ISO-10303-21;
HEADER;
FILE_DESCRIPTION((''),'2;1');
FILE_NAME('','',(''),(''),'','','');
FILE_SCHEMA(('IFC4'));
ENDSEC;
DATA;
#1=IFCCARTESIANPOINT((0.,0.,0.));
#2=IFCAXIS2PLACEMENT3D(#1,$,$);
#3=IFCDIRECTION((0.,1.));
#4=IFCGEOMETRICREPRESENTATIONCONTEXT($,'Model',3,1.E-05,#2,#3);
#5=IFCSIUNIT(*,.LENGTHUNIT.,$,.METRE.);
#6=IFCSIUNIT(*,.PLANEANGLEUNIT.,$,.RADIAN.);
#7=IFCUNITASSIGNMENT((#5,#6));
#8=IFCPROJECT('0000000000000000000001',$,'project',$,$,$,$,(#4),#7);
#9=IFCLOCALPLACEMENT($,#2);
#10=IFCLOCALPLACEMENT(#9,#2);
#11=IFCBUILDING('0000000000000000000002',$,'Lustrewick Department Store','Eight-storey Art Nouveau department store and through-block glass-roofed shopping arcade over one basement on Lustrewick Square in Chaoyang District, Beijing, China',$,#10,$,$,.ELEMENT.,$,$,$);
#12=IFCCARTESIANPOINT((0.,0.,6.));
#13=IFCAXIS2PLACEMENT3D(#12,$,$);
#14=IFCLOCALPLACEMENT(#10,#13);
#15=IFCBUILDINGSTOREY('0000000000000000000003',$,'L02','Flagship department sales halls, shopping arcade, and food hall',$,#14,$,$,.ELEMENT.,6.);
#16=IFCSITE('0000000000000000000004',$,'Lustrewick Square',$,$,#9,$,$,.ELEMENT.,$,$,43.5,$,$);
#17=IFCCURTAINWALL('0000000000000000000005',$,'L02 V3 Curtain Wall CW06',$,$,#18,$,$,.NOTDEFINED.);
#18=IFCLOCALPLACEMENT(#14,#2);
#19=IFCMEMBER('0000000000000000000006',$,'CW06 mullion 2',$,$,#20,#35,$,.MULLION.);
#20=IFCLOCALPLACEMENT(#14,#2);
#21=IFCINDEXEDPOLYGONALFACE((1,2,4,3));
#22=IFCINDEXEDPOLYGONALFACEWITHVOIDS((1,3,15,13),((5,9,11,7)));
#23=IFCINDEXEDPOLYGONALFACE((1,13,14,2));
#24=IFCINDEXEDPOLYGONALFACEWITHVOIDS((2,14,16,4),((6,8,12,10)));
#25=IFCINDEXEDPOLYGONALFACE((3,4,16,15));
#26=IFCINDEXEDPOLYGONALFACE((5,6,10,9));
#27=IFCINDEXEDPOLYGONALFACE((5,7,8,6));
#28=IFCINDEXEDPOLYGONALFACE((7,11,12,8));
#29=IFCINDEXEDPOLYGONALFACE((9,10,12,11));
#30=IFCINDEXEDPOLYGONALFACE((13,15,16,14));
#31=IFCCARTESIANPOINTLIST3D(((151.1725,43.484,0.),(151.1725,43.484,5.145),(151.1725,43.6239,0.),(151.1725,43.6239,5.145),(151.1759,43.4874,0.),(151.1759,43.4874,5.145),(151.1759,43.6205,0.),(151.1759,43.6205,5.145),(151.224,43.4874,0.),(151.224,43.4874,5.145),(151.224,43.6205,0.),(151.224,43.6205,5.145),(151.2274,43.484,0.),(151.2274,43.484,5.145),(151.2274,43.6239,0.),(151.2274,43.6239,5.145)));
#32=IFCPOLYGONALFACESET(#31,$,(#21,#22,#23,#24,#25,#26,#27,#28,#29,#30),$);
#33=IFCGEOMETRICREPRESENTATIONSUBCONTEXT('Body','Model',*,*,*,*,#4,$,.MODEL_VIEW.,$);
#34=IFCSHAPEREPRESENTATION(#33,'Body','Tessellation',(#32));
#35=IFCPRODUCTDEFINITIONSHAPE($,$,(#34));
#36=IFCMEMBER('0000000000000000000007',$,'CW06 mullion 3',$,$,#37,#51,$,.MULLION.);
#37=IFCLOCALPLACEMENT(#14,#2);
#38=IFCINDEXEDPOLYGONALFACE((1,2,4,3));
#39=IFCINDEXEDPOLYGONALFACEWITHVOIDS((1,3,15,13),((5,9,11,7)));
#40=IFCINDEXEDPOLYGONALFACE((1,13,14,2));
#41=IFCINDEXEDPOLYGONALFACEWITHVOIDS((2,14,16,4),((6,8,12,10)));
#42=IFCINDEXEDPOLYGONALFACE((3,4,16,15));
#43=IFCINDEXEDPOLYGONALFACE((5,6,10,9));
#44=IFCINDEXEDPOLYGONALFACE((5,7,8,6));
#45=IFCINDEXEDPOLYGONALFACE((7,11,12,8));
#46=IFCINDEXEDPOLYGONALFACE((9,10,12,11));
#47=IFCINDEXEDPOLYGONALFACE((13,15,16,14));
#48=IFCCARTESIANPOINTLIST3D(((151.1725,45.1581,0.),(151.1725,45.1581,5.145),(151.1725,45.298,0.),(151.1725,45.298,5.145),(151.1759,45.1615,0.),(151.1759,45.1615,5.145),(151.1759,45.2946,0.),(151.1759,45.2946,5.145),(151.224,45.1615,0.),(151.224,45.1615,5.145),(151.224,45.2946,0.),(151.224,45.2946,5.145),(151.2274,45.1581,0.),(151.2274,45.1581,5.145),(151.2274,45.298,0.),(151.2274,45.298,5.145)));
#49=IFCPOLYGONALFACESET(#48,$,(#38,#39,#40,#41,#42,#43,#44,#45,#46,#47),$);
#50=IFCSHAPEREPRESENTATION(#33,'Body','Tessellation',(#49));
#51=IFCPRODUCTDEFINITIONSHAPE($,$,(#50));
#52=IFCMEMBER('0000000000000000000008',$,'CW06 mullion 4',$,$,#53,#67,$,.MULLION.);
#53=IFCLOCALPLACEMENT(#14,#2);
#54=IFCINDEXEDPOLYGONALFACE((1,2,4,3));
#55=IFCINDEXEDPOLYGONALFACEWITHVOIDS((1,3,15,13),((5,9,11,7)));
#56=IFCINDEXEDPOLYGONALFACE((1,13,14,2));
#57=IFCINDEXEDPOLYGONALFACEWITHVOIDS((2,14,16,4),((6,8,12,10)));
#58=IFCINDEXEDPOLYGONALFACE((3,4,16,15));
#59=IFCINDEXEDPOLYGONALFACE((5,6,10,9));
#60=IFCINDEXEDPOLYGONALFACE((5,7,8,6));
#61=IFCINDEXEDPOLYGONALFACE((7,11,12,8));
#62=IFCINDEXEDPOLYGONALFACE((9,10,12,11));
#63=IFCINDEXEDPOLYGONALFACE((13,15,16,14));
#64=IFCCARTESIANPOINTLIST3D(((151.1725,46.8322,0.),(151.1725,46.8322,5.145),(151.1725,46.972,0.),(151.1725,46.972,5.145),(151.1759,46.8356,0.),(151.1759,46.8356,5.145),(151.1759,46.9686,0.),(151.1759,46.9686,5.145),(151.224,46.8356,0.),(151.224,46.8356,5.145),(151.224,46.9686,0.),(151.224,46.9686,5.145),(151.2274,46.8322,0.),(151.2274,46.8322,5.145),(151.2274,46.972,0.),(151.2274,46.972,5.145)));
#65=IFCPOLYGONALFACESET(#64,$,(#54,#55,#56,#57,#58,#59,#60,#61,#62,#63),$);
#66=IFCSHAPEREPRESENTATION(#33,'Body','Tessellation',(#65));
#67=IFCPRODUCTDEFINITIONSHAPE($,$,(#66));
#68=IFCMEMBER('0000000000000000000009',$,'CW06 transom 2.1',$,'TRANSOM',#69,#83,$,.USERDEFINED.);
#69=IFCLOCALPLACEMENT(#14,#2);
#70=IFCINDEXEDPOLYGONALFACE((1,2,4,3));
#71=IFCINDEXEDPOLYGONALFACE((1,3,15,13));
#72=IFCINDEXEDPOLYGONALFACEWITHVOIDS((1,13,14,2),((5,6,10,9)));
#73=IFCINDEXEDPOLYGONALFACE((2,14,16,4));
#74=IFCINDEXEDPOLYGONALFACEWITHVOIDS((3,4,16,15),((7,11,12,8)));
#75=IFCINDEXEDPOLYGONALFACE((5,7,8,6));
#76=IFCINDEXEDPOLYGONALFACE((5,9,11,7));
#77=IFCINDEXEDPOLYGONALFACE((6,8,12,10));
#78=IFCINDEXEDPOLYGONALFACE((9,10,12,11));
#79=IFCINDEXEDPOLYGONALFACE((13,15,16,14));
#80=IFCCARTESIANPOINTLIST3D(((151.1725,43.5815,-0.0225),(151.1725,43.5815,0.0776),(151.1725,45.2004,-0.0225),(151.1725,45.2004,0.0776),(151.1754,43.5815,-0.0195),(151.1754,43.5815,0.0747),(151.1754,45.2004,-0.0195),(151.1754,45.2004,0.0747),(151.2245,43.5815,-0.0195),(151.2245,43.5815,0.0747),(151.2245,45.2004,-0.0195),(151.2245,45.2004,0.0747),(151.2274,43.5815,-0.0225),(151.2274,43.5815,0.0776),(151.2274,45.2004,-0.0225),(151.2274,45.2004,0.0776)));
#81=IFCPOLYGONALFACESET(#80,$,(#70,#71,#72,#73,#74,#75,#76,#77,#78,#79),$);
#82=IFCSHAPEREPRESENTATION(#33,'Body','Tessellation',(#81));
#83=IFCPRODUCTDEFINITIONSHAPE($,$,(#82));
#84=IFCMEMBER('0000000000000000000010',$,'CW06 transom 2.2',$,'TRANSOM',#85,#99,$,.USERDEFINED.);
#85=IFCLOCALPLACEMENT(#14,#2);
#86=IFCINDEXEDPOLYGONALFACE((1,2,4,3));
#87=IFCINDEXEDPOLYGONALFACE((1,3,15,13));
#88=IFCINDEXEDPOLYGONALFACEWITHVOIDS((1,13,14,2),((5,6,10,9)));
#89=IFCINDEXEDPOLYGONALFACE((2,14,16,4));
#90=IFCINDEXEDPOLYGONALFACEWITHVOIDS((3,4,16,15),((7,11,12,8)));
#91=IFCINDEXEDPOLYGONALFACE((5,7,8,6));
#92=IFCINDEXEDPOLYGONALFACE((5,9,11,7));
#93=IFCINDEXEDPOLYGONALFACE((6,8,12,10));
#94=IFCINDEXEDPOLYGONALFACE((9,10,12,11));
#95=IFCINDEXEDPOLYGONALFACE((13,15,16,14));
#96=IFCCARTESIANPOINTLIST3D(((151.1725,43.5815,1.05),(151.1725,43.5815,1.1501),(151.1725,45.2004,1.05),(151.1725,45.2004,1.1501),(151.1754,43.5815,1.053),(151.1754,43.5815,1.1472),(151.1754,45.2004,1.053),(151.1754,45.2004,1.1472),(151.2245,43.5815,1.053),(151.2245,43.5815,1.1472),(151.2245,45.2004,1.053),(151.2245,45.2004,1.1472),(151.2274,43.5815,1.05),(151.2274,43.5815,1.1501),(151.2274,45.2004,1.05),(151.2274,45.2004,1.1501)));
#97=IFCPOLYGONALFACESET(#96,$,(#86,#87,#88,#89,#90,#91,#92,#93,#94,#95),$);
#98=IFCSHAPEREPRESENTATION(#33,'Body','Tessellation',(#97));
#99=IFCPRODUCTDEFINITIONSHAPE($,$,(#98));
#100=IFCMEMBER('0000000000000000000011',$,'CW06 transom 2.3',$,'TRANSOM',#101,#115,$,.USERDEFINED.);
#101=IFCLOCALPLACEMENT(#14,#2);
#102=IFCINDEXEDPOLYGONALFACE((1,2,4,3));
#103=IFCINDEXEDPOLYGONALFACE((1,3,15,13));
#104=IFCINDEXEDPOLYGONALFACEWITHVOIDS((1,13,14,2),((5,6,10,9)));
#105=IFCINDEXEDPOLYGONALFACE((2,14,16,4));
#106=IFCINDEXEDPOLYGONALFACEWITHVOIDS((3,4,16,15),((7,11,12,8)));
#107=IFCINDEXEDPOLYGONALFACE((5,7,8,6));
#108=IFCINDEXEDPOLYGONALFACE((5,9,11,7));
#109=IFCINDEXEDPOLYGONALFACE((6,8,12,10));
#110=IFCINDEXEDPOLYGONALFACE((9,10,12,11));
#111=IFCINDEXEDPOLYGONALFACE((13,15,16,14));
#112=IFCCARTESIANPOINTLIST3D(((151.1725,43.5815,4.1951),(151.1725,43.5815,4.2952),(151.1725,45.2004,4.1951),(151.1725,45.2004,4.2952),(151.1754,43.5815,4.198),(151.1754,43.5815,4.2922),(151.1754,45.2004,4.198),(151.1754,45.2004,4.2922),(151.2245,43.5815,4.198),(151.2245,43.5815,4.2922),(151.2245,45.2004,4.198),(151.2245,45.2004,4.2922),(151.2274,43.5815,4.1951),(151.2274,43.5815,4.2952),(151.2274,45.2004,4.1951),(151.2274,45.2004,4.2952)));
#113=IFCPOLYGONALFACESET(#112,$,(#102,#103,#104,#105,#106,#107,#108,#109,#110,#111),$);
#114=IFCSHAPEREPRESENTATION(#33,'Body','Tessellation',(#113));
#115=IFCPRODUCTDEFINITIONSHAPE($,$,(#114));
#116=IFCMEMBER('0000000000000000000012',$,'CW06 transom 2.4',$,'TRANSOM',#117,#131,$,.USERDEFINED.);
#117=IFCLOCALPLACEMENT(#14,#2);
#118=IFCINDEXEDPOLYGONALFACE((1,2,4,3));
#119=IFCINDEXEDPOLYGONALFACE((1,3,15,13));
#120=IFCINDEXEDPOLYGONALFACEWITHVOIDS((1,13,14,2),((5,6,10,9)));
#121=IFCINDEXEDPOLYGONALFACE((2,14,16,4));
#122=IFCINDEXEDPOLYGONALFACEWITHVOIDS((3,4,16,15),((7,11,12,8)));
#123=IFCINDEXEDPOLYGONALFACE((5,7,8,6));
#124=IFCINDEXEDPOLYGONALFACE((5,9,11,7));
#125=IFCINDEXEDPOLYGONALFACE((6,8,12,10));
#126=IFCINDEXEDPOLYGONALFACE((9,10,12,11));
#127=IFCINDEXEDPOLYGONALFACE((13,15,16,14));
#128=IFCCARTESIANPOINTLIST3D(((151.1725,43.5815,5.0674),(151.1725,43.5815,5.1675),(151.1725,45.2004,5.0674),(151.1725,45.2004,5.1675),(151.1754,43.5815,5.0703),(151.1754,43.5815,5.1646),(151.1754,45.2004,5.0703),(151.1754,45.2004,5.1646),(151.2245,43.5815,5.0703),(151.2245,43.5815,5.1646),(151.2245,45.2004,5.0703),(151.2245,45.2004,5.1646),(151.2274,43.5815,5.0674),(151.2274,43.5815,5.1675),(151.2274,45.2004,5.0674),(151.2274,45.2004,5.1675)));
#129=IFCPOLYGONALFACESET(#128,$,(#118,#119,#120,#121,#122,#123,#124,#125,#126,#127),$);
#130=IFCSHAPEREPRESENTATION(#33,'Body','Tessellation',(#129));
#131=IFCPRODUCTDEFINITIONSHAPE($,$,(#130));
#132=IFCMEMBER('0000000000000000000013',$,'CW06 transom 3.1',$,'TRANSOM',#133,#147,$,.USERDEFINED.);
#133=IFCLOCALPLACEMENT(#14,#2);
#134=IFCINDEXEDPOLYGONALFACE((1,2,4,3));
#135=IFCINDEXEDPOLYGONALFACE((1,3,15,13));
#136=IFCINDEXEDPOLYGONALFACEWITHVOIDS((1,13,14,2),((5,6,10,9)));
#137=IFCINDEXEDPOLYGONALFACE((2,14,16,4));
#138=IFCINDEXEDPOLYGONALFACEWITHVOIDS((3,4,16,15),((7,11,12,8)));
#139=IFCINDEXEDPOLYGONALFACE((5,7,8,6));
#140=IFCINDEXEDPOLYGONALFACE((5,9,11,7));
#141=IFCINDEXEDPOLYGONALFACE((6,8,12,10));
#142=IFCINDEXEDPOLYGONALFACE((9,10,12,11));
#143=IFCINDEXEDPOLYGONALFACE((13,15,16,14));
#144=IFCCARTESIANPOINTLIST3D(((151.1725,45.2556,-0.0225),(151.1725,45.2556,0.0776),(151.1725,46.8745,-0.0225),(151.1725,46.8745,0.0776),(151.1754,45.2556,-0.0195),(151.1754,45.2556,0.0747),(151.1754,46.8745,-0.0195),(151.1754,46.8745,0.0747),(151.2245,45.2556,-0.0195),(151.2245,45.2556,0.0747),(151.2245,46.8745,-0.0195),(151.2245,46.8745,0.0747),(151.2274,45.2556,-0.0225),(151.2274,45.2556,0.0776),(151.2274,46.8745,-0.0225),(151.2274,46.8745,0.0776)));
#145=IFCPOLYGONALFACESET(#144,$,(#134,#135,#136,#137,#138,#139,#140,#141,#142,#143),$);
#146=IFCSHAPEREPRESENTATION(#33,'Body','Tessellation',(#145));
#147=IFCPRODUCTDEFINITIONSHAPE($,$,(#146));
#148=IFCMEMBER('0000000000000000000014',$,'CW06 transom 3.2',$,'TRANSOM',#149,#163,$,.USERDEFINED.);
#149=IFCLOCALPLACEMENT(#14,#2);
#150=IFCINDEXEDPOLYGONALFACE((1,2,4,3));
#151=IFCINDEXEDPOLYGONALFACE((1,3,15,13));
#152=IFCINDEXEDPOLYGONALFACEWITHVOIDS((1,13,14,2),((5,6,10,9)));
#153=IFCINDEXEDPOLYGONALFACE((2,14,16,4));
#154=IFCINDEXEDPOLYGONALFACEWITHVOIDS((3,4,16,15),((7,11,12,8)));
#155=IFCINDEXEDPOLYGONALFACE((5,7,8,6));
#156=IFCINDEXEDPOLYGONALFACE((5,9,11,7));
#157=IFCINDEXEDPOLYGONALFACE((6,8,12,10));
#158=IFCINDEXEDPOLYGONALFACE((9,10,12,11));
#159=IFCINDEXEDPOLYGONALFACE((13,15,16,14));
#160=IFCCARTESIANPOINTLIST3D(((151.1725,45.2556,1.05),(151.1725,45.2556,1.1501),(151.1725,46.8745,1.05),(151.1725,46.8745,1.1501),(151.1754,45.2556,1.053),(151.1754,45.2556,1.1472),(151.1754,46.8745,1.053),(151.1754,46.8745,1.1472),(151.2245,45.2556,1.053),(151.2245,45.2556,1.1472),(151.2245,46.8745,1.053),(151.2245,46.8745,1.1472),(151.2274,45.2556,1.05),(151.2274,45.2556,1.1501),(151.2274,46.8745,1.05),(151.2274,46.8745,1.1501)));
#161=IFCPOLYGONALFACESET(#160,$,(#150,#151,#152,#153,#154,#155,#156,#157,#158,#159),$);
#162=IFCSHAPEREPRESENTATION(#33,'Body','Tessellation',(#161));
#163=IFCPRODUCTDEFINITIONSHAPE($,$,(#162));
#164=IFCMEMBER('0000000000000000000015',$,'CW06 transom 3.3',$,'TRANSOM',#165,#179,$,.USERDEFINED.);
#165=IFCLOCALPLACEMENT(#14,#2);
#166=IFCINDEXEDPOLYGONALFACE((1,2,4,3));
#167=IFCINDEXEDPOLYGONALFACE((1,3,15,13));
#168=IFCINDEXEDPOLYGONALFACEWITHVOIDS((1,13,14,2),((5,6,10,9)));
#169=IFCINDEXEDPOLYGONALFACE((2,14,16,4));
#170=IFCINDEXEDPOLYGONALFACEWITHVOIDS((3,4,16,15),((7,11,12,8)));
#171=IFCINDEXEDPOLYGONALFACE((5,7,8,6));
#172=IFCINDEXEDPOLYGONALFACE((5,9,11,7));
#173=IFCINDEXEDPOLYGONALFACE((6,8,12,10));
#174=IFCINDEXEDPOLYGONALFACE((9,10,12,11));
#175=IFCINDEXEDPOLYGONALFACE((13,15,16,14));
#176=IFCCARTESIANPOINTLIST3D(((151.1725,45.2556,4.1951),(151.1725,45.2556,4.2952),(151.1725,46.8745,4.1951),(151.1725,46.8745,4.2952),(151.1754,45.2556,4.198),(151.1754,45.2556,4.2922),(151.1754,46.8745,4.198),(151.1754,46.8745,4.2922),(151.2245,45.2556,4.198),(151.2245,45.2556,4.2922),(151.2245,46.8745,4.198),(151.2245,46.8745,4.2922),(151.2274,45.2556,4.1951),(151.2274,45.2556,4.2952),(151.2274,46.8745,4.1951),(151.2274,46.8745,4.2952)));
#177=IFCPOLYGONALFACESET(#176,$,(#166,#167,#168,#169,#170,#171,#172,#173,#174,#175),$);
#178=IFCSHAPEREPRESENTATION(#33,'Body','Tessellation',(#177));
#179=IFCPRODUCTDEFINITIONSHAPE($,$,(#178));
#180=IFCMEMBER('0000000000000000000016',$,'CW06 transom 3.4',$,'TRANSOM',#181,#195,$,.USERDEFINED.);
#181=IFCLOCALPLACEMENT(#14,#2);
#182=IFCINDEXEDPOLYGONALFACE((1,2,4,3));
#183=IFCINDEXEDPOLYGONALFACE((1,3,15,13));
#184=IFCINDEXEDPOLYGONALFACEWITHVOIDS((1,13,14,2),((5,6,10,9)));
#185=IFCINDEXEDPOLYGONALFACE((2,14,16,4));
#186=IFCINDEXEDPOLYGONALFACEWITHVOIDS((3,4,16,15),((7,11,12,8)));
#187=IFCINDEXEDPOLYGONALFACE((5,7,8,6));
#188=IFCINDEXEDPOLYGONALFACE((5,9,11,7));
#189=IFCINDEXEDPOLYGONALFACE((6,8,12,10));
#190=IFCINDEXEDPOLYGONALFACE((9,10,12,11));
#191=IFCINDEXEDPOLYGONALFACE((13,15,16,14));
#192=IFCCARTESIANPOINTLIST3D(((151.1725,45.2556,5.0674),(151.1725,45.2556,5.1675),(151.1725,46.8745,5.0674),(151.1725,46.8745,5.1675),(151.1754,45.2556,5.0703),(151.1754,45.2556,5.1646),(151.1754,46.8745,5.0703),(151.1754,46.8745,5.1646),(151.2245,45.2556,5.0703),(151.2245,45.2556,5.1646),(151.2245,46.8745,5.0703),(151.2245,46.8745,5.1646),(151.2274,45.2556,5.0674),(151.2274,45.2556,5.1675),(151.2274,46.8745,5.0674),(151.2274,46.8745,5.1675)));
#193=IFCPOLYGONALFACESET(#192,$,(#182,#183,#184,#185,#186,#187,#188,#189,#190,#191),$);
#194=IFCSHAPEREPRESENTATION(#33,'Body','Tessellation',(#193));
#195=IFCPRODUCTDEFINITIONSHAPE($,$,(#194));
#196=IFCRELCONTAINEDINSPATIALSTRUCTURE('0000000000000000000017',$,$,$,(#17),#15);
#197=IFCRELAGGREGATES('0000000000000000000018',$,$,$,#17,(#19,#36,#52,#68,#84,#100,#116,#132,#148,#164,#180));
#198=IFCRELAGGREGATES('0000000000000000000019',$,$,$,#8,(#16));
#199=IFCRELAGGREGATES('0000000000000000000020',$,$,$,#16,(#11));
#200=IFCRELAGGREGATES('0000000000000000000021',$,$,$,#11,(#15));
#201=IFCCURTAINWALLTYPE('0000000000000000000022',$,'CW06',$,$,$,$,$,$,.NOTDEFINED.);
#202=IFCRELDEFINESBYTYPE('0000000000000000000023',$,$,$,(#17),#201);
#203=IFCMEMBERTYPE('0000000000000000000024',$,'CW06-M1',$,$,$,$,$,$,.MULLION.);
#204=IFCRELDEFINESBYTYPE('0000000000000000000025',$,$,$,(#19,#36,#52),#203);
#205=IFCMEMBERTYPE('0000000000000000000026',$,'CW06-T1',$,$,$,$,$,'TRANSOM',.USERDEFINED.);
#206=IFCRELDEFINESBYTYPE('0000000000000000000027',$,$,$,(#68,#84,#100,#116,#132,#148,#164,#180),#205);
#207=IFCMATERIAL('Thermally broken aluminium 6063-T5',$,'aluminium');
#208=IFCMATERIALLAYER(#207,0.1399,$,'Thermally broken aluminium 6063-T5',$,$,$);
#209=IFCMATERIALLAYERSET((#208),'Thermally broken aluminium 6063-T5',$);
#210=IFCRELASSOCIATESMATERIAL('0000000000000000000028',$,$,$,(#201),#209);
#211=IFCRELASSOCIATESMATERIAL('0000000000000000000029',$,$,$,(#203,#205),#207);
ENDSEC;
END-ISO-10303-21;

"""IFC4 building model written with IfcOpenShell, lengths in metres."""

from ifc_helpers import new_model, si_unit, direction, frame, origin, origin_2d, place, context, subcontext, project, spatial, hollow_rectangle, extrude, material, layer, layer_set, material_profile, profile_set, type_object, element, aggregate, save


model = new_model("IFC4")

# Units and contexts
model_context = context("Model", 3, precision=1e-05, world=origin(), true_north=direction((0.0, 1.0)))
body_context = subcontext(model_context, "Body", "Model", "MODEL_VIEW")
ifc_project = project(units=[si_unit("LENGTHUNIT", "METRE"), si_unit("PLANEANGLEUNIT", "RADIAN")], contexts=[model_context])

# Site, building, storey
site_placement = place(None, origin())
site = spatial("IfcSite", under=ifc_project, at=site_placement, Name="Lustrewick Square", CompositionType="ELEMENT", RefElevation=43.5)
building_placement = place(site_placement, origin())
building = spatial("IfcBuilding", under=site, at=building_placement, Name="Lustrewick Department Store", Description="Eight-storey Art Nouveau department store and through-block glass-roofed shopping arcade over one basement on Lustrewick Square in Chaoyang District, Beijing, China", CompositionType="ELEMENT")
storey_placement = place(building_placement, frame((0.0, 0.0, 6.0)))
storey = spatial("IfcBuildingStorey", under=building, at=storey_placement, Name="L02", Description="Flagship department sales halls, shopping arcade, and food hall", CompositionType="ELEMENT", Elevation=6.0)

# Curtain wall, members
ifc_material_1 = material(Name="Thermally broken aluminium 6063-T5", Category="aluminium")
ifc_layer_1 = layer(ifc_material_1, 0.1399, Name="Thermally broken aluminium 6063-T5")
ifc_layer_set_1 = layer_set([ifc_layer_1], Name="Thermally broken aluminium 6063-T5")
curtain_wall_type = type_object("IfcCurtainWallType", Name="CW06", PredefinedType="NOTDEFINED", material=ifc_layer_set_1)
curtain_wall_placement = place(storey_placement, origin())
curtain_wall = element("IfcCurtainWall", 1, at=curtain_wall_placement, inside=storey, type_object=curtain_wall_type, Name="L02 V3 Curtain Wall CW06", PredefinedType="NOTDEFINED")
ifc_material_profile_1 = material_profile(ifc_material_1, hollow_rectangle(XDim=0.0549, YDim=0.1399, WallThickness=0.0034, at=origin_2d()), Name="ALU-M 55x140x3.5")
ifc_profile_set_1 = profile_set([ifc_material_profile_1], Name="Thermally broken aluminium 6063-T5")
member_type_1 = type_object("IfcMemberType", Name="CW06-M1", PredefinedType="MULLION", material=ifc_profile_set_1)
member_1_placement = place(storey_placement, frame((151.2, 43.554, 0.0), z_axis=(0.0, 0.0, 1.0), x_axis=(-1.0, 0.0, 0.0)))
member_1 = element("IfcMember", 2, at=member_1_placement, type_object=member_type_1, Name="CW06 mullion 2", PredefinedType="MULLION", context=body_context, shape_type="SweptSolid", body=[
    extrude(hollow_rectangle(XDim=0.0549, YDim=0.1399, WallThickness=0.0034, at=origin_2d()), origin(), (0.0, 0.0, 1.0), 5.145),
])
member_2_placement = place(storey_placement, frame((151.2, 45.228, 0.0), z_axis=(0.0, 0.0, 1.0), x_axis=(-1.0, 0.0, 0.0)))
member_2 = element("IfcMember", 3, at=member_2_placement, type_object=member_type_1, Name="CW06 mullion 3", PredefinedType="MULLION", context=body_context, shape_type="SweptSolid", body=[
    extrude(hollow_rectangle(XDim=0.0549, YDim=0.1399, WallThickness=0.0034, at=origin_2d()), origin(), (0.0, 0.0, 1.0), 5.145),
])
member_3_placement = place(storey_placement, frame((151.2, 46.9021, 0.0), z_axis=(0.0, 0.0, 1.0), x_axis=(-1.0, 0.0, 0.0)))
member_3 = element("IfcMember", 4, at=member_3_placement, type_object=member_type_1, Name="CW06 mullion 4", PredefinedType="MULLION", context=body_context, shape_type="SweptSolid", body=[
    extrude(hollow_rectangle(XDim=0.0549, YDim=0.1399, WallThickness=0.0034, at=origin_2d()), origin(), (0.0, 0.0, 1.0), 5.145),
])
ifc_material_profile_2 = material_profile(ifc_material_1, hollow_rectangle(XDim=0.0549, YDim=0.1001, WallThickness=0.0029, at=origin_2d()), Name="ALU-T 55x100x3")
ifc_profile_set_2 = profile_set([ifc_material_profile_2], Name="Thermally broken aluminium 6063-T5")
member_type_2 = type_object("IfcMemberType", Name="CW06-T1", ElementType="TRANSOM", PredefinedType="USERDEFINED", material=ifc_profile_set_2)
member_4_placement = place(storey_placement, frame((151.2, 43.5815, 0.0276), z_axis=(0.0, 1.0, 0.0), x_axis=(-1.0, 0.0, 0.0)))
member_4 = element("IfcMember", 5, at=member_4_placement, type_object=member_type_2, Name="CW06 transom 2.1", ObjectType="TRANSOM", PredefinedType="USERDEFINED", context=body_context, shape_type="SweptSolid", body=[
    extrude(hollow_rectangle(XDim=0.0549, YDim=0.1001, WallThickness=0.0029, at=origin_2d()), origin(), (0.0, 0.0, 1.0), 1.6189),
])
member_5_placement = place(storey_placement, frame((151.2, 43.5815, 1.1001), z_axis=(0.0, 1.0, 0.0), x_axis=(-1.0, 0.0, 0.0)))
member_5 = element("IfcMember", 6, at=member_5_placement, type_object=member_type_2, Name="CW06 transom 2.2", ObjectType="TRANSOM", PredefinedType="USERDEFINED", context=body_context, shape_type="SweptSolid", body=[
    extrude(hollow_rectangle(XDim=0.0549, YDim=0.1001, WallThickness=0.0029, at=origin_2d()), origin(), (0.0, 0.0, 1.0), 1.6189),
])
member_6_placement = place(storey_placement, frame((151.2, 43.5815, 4.2451), z_axis=(0.0, 1.0, 0.0), x_axis=(-1.0, 0.0, 0.0)))
member_6 = element("IfcMember", 7, at=member_6_placement, type_object=member_type_2, Name="CW06 transom 2.3", ObjectType="TRANSOM", PredefinedType="USERDEFINED", context=body_context, shape_type="SweptSolid", body=[
    extrude(hollow_rectangle(XDim=0.0549, YDim=0.1001, WallThickness=0.0029, at=origin_2d()), origin(), (0.0, 0.0, 1.0), 1.6189),
])
member_7_placement = place(storey_placement, frame((151.2, 43.5815, 5.1174), z_axis=(0.0, 1.0, 0.0), x_axis=(-1.0, 0.0, 0.0)))
member_7 = element("IfcMember", 8, at=member_7_placement, type_object=member_type_2, Name="CW06 transom 2.4", ObjectType="TRANSOM", PredefinedType="USERDEFINED", context=body_context, shape_type="SweptSolid", body=[
    extrude(hollow_rectangle(XDim=0.0549, YDim=0.1001, WallThickness=0.0029, at=origin_2d()), origin(), (0.0, 0.0, 1.0), 1.6189),
])
member_8_placement = place(storey_placement, frame((151.2, 45.2556, 0.0276), z_axis=(0.0, 1.0, 0.0), x_axis=(-1.0, 0.0, 0.0)))
member_8 = element("IfcMember", 9, at=member_8_placement, type_object=member_type_2, Name="CW06 transom 3.1", ObjectType="TRANSOM", PredefinedType="USERDEFINED", context=body_context, shape_type="SweptSolid", body=[
    extrude(hollow_rectangle(XDim=0.0549, YDim=0.1001, WallThickness=0.0029, at=origin_2d()), origin(), (0.0, 0.0, 1.0), 1.6189),
])
member_9_placement = place(storey_placement, frame((151.2, 45.2556, 1.1001), z_axis=(0.0, 1.0, 0.0), x_axis=(-1.0, 0.0, 0.0)))
member_9 = element("IfcMember", 10, at=member_9_placement, type_object=member_type_2, Name="CW06 transom 3.2", ObjectType="TRANSOM", PredefinedType="USERDEFINED", context=body_context, shape_type="SweptSolid", body=[
    extrude(hollow_rectangle(XDim=0.0549, YDim=0.1001, WallThickness=0.0029, at=origin_2d()), origin(), (0.0, 0.0, 1.0), 1.6189),
])
member_10_placement = place(storey_placement, frame((151.2, 45.2556, 4.2451), z_axis=(0.0, 1.0, 0.0), x_axis=(-1.0, 0.0, 0.0)))
member_10 = element("IfcMember", 11, at=member_10_placement, type_object=member_type_2, Name="CW06 transom 3.3", ObjectType="TRANSOM", PredefinedType="USERDEFINED", context=body_context, shape_type="SweptSolid", body=[
    extrude(hollow_rectangle(XDim=0.0549, YDim=0.1001, WallThickness=0.0029, at=origin_2d()), origin(), (0.0, 0.0, 1.0), 1.6189),
])
member_11_placement = place(storey_placement, frame((151.2, 45.2556, 5.1174), z_axis=(0.0, 1.0, 0.0), x_axis=(-1.0, 0.0, 0.0)))
member_11 = element("IfcMember", 12, at=member_11_placement, type_object=member_type_2, Name="CW06 transom 3.4", ObjectType="TRANSOM", PredefinedType="USERDEFINED", context=body_context, shape_type="SweptSolid", body=[
    extrude(hollow_rectangle(XDim=0.0549, YDim=0.1001, WallThickness=0.0029, at=origin_2d()), origin(), (0.0, 0.0, 1.0), 1.6189),
])
aggregate(curtain_wall, [member_1, member_2, member_3, member_4, member_5, member_6, member_7, member_8, member_9, member_10, member_11])

save(model, "model.ifc")
